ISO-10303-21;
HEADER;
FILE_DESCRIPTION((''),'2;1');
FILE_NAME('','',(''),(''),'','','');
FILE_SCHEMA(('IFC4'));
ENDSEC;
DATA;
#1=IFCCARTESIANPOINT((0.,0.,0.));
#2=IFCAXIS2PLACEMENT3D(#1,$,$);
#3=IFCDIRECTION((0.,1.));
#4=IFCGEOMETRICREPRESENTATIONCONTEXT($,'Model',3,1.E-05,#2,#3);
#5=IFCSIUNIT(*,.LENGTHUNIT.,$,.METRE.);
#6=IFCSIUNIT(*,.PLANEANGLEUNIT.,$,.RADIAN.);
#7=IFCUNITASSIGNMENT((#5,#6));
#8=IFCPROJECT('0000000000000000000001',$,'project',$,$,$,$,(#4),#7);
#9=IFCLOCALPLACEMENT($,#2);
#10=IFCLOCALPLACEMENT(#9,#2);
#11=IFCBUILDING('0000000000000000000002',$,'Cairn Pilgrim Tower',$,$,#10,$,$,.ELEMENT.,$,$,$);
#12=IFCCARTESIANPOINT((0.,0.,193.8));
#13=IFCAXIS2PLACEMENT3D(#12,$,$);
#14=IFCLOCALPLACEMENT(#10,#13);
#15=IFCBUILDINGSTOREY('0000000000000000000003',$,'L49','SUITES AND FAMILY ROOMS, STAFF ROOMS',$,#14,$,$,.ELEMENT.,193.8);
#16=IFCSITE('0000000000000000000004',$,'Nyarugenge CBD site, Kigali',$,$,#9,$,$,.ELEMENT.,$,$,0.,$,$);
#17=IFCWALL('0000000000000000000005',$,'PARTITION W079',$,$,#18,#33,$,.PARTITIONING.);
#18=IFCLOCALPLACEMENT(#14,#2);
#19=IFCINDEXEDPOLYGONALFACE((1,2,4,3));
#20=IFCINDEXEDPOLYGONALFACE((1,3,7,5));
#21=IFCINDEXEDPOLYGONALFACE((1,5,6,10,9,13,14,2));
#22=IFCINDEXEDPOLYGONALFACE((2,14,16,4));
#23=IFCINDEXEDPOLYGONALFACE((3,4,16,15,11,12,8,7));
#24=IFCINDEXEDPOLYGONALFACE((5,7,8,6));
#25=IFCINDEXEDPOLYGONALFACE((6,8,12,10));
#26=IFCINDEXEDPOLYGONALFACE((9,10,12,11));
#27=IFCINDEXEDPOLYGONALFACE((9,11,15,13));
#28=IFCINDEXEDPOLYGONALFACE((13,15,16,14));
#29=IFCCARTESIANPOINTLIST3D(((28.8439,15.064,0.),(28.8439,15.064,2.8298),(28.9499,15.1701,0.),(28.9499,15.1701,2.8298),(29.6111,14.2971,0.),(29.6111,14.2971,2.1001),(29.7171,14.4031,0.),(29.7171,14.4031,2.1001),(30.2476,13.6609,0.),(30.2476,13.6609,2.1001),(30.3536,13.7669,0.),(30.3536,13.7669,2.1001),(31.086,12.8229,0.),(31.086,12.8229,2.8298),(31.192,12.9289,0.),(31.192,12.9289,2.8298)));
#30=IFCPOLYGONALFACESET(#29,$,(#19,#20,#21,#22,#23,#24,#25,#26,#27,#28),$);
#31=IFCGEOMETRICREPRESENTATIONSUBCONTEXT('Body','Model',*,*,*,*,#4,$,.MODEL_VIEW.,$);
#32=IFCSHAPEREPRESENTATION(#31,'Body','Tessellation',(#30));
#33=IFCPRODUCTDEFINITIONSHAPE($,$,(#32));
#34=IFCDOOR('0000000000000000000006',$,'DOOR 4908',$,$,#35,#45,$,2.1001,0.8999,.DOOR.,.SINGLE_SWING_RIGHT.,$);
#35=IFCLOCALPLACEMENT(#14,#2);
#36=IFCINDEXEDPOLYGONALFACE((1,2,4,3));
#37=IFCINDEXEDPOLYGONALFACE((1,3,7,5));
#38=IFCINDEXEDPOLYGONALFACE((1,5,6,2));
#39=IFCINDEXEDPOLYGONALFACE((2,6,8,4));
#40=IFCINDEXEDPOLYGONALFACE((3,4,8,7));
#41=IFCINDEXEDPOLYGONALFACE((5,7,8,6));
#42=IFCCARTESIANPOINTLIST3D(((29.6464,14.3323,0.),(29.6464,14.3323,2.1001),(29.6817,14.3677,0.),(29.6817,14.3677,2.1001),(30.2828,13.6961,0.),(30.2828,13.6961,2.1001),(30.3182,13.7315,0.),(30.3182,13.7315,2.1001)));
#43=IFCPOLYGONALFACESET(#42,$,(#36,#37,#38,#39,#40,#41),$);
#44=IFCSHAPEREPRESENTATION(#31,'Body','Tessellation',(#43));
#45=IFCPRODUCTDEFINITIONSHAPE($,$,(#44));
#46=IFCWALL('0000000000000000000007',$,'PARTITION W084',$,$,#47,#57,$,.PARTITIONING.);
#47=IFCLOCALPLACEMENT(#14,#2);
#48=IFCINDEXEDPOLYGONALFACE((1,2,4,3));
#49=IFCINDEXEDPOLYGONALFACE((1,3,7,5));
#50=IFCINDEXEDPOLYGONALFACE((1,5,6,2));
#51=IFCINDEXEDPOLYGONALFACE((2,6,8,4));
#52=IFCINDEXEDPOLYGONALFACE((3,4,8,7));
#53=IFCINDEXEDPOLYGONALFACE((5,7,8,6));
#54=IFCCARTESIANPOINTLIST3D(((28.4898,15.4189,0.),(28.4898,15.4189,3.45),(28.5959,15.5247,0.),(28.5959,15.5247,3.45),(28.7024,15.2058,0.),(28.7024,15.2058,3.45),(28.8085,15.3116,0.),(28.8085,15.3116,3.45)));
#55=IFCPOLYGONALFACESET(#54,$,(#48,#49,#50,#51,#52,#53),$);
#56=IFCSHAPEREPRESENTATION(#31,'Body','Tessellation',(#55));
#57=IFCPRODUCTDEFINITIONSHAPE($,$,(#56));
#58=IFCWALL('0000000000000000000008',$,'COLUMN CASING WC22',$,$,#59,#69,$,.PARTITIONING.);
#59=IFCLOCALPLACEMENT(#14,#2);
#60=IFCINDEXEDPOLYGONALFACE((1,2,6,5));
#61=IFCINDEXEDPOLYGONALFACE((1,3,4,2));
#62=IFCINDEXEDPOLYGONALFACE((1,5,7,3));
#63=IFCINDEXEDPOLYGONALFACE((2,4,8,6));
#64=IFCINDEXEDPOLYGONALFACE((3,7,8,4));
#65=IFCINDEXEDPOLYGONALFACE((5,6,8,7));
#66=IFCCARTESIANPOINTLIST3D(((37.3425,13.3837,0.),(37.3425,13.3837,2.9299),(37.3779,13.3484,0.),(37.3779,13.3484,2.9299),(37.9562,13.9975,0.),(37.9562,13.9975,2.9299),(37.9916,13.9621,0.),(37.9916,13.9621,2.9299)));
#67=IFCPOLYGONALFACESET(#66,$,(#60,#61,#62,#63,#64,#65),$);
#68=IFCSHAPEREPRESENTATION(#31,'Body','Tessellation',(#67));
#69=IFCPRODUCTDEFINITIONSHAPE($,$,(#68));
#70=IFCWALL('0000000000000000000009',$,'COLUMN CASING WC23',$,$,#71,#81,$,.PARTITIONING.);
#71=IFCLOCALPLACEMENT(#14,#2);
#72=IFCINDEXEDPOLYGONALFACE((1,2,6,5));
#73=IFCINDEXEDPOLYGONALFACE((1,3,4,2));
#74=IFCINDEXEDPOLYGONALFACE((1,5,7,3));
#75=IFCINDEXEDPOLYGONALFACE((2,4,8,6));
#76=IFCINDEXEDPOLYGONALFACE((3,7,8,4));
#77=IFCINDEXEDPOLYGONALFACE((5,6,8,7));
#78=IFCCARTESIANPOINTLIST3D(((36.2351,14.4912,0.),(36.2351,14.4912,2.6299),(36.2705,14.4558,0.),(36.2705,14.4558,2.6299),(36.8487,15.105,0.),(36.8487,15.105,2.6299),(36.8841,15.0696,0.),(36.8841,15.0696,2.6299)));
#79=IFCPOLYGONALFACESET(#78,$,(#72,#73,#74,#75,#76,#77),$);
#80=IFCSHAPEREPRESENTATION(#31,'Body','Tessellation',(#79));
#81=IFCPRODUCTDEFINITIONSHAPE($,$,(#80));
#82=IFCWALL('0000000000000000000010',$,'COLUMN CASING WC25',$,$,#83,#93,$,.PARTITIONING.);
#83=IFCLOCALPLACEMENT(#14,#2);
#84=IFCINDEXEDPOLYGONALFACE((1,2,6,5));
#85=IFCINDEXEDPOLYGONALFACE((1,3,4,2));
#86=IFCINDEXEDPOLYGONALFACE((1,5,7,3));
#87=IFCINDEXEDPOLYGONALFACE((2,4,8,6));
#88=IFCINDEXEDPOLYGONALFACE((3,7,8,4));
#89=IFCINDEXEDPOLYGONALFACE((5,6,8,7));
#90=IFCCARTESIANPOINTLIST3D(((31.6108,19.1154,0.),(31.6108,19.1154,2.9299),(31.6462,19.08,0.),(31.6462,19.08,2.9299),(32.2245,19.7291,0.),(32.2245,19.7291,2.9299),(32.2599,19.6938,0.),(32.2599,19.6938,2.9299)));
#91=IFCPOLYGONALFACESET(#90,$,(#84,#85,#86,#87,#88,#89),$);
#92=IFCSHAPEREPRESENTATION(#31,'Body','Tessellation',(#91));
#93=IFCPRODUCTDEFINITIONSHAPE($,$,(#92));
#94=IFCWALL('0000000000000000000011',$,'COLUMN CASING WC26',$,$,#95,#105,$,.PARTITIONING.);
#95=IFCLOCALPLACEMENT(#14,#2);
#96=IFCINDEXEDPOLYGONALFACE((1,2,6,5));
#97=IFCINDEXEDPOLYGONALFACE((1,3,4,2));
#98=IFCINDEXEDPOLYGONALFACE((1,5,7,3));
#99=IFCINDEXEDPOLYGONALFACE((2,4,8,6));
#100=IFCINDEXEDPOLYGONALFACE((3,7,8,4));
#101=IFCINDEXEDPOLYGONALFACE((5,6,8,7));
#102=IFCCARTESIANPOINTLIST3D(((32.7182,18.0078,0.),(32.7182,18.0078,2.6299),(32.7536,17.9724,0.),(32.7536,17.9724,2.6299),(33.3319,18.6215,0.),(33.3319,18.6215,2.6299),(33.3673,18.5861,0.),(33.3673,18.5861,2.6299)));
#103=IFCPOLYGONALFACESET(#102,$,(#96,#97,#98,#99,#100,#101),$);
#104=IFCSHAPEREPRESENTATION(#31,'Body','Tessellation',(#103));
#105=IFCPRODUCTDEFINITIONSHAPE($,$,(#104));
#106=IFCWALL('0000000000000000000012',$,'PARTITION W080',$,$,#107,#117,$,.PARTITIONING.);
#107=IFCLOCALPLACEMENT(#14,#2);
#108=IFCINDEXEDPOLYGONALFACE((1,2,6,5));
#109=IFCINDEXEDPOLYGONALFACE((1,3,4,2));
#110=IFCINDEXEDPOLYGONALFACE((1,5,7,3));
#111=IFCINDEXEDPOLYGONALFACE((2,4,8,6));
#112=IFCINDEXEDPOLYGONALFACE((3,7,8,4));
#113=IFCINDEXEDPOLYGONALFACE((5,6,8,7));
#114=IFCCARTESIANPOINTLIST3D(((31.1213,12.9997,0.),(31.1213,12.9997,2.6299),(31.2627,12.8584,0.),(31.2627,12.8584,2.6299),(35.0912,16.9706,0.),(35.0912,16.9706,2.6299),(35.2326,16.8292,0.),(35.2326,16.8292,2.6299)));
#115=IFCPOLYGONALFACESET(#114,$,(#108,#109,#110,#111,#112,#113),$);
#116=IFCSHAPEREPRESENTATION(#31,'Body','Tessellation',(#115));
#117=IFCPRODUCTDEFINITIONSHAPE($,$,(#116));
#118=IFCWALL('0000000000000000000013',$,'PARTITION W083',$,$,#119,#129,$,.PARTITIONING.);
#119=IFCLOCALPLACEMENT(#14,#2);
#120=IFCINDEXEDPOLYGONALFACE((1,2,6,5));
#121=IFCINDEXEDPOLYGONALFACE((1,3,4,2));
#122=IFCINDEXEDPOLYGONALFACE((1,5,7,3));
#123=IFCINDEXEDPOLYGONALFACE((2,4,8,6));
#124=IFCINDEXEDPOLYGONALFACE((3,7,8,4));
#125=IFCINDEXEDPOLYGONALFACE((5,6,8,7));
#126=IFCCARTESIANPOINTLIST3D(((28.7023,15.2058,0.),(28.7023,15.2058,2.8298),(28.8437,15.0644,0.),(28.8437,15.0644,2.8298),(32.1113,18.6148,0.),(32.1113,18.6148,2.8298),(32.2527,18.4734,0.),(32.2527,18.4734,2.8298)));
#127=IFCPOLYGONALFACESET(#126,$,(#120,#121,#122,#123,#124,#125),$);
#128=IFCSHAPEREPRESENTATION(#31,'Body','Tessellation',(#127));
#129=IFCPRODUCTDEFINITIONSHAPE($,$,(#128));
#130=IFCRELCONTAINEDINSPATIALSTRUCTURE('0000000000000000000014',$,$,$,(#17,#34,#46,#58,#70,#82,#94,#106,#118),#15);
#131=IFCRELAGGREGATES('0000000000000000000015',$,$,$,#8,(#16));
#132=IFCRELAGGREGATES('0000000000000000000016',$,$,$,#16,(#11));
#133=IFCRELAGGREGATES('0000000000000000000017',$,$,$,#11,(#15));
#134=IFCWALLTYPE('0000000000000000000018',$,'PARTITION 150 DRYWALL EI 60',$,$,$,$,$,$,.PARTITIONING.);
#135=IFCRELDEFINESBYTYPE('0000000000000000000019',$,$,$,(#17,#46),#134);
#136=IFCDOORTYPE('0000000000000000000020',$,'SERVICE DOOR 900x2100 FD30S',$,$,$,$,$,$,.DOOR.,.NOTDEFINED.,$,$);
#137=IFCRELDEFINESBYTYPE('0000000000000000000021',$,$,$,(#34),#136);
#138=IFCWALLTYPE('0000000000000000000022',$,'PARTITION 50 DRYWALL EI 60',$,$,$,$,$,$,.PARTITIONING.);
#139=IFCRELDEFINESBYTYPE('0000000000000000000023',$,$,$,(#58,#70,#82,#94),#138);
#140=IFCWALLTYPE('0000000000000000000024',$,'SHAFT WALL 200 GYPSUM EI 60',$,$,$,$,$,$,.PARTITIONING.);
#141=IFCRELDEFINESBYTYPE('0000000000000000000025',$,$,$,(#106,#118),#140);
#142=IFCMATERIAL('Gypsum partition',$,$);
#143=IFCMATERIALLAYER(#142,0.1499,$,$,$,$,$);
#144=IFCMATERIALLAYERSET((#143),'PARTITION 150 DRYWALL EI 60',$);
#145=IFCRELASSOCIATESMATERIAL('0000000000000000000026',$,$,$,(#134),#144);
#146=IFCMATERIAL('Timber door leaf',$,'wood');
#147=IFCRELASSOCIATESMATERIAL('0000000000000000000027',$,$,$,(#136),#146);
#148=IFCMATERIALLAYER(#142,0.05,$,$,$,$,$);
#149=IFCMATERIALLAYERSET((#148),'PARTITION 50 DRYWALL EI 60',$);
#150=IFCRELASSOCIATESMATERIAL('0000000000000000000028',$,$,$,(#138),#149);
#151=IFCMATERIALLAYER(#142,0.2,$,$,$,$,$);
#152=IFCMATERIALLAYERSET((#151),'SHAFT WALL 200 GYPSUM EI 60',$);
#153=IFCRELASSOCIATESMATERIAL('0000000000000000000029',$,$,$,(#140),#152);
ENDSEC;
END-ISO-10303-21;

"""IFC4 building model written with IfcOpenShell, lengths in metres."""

from ifc_helpers import new_model, si_unit, direction, frame, frame_2d, origin, place, context, subcontext, project, spatial, rectangle, extrude, material, layer, layer_set, type_object, element, fill, save


model = new_model("IFC4")

# Units and contexts
model_context = context("Model", 3, precision=1e-05, world=origin(), true_north=direction((0.0, 1.0)))
body_context = subcontext(model_context, "Body", "Model", "MODEL_VIEW")
ifc_project = project(units=[si_unit("LENGTHUNIT", "METRE"), si_unit("PLANEANGLEUNIT", "RADIAN")], contexts=[model_context])

# Site, building, storey
site_placement = place(None, origin())
site = spatial("IfcSite", under=ifc_project, at=site_placement, Name="Nyarugenge CBD site, Kigali", CompositionType="ELEMENT", RefElevation=0.0)
building_placement = place(site_placement, origin())
building = spatial("IfcBuilding", under=site, at=building_placement, Name="Cairn Pilgrim Tower", CompositionType="ELEMENT")
storey_placement = place(building_placement, frame((0.0, 0.0, 193.8)))
storey = spatial("IfcBuildingStorey", under=building, at=storey_placement, Name="L49", Description="SUITES AND FAMILY ROOMS, STAFF ROOMS", CompositionType="ELEMENT", Elevation=193.8)

# Wall, opening, door
ifc_material_1 = material(Name="Gypsum partition")
ifc_layer_1 = layer(ifc_material_1, 0.1499)
ifc_layer_set_1 = layer_set([ifc_layer_1], Name="PARTITION 150 DRYWALL EI 60")
wall_type_1 = type_object("IfcWallType", Name="PARTITION 150 DRYWALL EI 60", PredefinedType="PARTITIONING", material=ifc_layer_set_1)
wall_1_placement = place(storey_placement, frame((31.1389, 12.876, 0.0), z_axis=(0.0, 0.0, 1.0), x_axis=(-0.707261, 0.706953, 0.0)))
wall_1 = element("IfcWall", 1, at=wall_1_placement, inside=storey, type_object=wall_type_1, Name="PARTITION W079", PredefinedType="PARTITIONING", context=body_context, shape_type="SweptSolid", body=[
    extrude(rectangle(XDim=3.1702, YDim=0.1499, at=frame_2d((1.585, 0.0))), origin(), (0.0, 0.0, 1.0), 2.8298),
])
opening_placement = place(wall_1_placement, frame((1.1853, 0.0, 0.0)))
opening = element("IfcOpeningElement", 2, at=opening_placement, cuts=wall_1, PredefinedType="OPENING", context=body_context, shape_type="SweptSolid", body=[
    extrude(rectangle(XDim=0.8999, YDim=2.1001, at=frame_2d((0.45, 1.05))), frame((0.0, 0.085, 0.0), z_axis=(0.0, -1.0, 0.0), x_axis=(1.0, 0.0, 0.0)), (0.0, 0.0, 1.0), 0.1699),
])
ifc_material_2 = material(Name="Timber door leaf", Category="wood")
door_type = type_object("IfcDoorType", Name="SERVICE DOOR 900x2100 FD30S", OperationType="NOTDEFINED", PredefinedType="DOOR", material=ifc_material_2)
door_placement = place(opening_placement, frame((0.8999, 0.0, 0.0), z_axis=(0.0, 0.0, 1.0), x_axis=(-1.0, 0.0, 0.0)))
door = element("IfcDoor", 3, at=door_placement, inside=storey, type_object=door_type, Name="DOOR 4908", OperationType="SINGLE_SWING_RIGHT", OverallHeight=2.1001, OverallWidth=0.8999, PredefinedType="DOOR", context=body_context, shape_type="SweptSolid", body=[
    extrude(rectangle(XDim=0.8999, YDim=2.1001, at=frame_2d((0.45, 1.05))), frame((0.0, 0.0249, 0.0), z_axis=(0.0, -1.0, 0.0), x_axis=(1.0, 0.0, 0.0)), (0.0, 0.0, 1.0), 0.05),
])
fill(opening, door)

# Walls
wall_2_placement = place(storey_placement, frame((28.7554, 15.2588, 0.0), z_axis=(0.0, 0.0, 1.0), x_axis=(-0.706295, 0.707917, 0.0)))
element("IfcWall", 4, at=wall_2_placement, inside=storey, type_object=wall_type_1, Name="PARTITION W084", PredefinedType="PARTITIONING", context=body_context, shape_type="SweptSolid", body=[
    extrude(rectangle(XDim=0.301, YDim=0.1499, at=frame_2d((0.1504, 0.0))), origin(), (0.0, 0.0, 1.0), 3.45),
])
ifc_layer_2 = layer(ifc_material_1, 0.05)
ifc_layer_set_2 = layer_set([ifc_layer_2], Name="PARTITION 50 DRYWALL EI 60")
wall_type_2 = type_object("IfcWallType", Name="PARTITION 50 DRYWALL EI 60", PredefinedType="PARTITIONING", material=ifc_layer_set_2)
wall_3_placement = place(storey_placement, frame((37.3601, 13.366, 0.0), z_axis=(0.0, 0.0, 1.0), x_axis=(0.707107, 0.707107, 0.0)))
element("IfcWall", 5, at=wall_3_placement, inside=storey, type_object=wall_type_2, Name="COLUMN CASING WC22", PredefinedType="PARTITIONING", context=body_context, shape_type="SweptSolid", body=[
    extrude(rectangle(XDim=0.8679, YDim=0.05, at=frame_2d((0.4341, 0.0))), origin(), (0.0, 0.0, 1.0), 2.9299),
])
wall_4_placement = place(storey_placement, frame((36.2527, 14.4734, 0.0), z_axis=(0.0, 0.0, 1.0), x_axis=(0.706966, 0.707247, 0.0)))
element("IfcWall", 6, at=wall_4_placement, inside=storey, type_object=wall_type_2, Name="COLUMN CASING WC23", PredefinedType="PARTITIONING", context=body_context, shape_type="SweptSolid", body=[
    extrude(rectangle(XDim=0.8679, YDim=0.05, at=frame_2d((0.4341, 0.0))), origin(), (0.0, 0.0, 1.0), 2.6299),
])
wall_5_placement = place(storey_placement, frame((31.6284, 19.0977, 0.0), z_axis=(0.0, 0.0, 1.0), x_axis=(0.707107, 0.707107, 0.0)))
element("IfcWall", 7, at=wall_5_placement, inside=storey, type_object=wall_type_2, Name="COLUMN CASING WC25", PredefinedType="PARTITIONING", context=body_context, shape_type="SweptSolid", body=[
    extrude(rectangle(XDim=0.8679, YDim=0.05, at=frame_2d((0.4341, 0.0))), origin(), (0.0, 0.0, 1.0), 2.9299),
])
wall_6_placement = place(storey_placement, frame((32.7358, 17.99, 0.0), z_axis=(0.0, 0.0, 1.0), x_axis=(0.707107, 0.707107, 0.0)))
element("IfcWall", 8, at=wall_6_placement, inside=storey, type_object=wall_type_2, Name="COLUMN CASING WC26", PredefinedType="PARTITIONING", context=body_context, shape_type="SweptSolid", body=[
    extrude(rectangle(XDim=0.8679, YDim=0.05, at=frame_2d((0.4341, 0.0))), origin(), (0.0, 0.0, 1.0), 2.6299),
])
ifc_layer_3 = layer(ifc_material_1, 0.2)
ifc_layer_set_3 = layer_set([ifc_layer_3], Name="SHAFT WALL 200 GYPSUM EI 60")
wall_type_3 = type_object("IfcWallType", Name="SHAFT WALL 200 GYPSUM EI 60", PredefinedType="PARTITIONING", material=ifc_layer_set_3)
wall_7_placement = place(storey_placement, frame((31.1919, 12.929, 0.0), z_axis=(0.0, 0.0, 1.0), x_axis=(0.70702, 0.707194, 0.0)))
element("IfcWall", 9, at=wall_7_placement, inside=storey, type_object=wall_type_3, Name="PARTITION W080", PredefinedType="PARTITIONING", context=body_context, shape_type="SweptSolid", body=[
    extrude(rectangle(XDim=5.615, YDim=0.2, at=frame_2d((2.8076, 0.0))), origin(), (0.0, 0.0, 1.0), 2.6299),
])
wall_8_placement = place(storey_placement, frame((28.7729, 15.135, 0.0), z_axis=(0.0, 0.0, 1.0), x_axis=(0.707107, 0.707107, 0.0)))
element("IfcWall", 10, at=wall_8_placement, inside=storey, type_object=wall_type_3, Name="PARTITION W083", PredefinedType="PARTITIONING", context=body_context, shape_type="SweptSolid", body=[
    extrude(rectangle(XDim=4.821, YDim=0.2, at=frame_2d((2.4106, 0.0))), origin(), (0.0, 0.0, 1.0), 2.8298),
])

save(model, "model.ifc")
